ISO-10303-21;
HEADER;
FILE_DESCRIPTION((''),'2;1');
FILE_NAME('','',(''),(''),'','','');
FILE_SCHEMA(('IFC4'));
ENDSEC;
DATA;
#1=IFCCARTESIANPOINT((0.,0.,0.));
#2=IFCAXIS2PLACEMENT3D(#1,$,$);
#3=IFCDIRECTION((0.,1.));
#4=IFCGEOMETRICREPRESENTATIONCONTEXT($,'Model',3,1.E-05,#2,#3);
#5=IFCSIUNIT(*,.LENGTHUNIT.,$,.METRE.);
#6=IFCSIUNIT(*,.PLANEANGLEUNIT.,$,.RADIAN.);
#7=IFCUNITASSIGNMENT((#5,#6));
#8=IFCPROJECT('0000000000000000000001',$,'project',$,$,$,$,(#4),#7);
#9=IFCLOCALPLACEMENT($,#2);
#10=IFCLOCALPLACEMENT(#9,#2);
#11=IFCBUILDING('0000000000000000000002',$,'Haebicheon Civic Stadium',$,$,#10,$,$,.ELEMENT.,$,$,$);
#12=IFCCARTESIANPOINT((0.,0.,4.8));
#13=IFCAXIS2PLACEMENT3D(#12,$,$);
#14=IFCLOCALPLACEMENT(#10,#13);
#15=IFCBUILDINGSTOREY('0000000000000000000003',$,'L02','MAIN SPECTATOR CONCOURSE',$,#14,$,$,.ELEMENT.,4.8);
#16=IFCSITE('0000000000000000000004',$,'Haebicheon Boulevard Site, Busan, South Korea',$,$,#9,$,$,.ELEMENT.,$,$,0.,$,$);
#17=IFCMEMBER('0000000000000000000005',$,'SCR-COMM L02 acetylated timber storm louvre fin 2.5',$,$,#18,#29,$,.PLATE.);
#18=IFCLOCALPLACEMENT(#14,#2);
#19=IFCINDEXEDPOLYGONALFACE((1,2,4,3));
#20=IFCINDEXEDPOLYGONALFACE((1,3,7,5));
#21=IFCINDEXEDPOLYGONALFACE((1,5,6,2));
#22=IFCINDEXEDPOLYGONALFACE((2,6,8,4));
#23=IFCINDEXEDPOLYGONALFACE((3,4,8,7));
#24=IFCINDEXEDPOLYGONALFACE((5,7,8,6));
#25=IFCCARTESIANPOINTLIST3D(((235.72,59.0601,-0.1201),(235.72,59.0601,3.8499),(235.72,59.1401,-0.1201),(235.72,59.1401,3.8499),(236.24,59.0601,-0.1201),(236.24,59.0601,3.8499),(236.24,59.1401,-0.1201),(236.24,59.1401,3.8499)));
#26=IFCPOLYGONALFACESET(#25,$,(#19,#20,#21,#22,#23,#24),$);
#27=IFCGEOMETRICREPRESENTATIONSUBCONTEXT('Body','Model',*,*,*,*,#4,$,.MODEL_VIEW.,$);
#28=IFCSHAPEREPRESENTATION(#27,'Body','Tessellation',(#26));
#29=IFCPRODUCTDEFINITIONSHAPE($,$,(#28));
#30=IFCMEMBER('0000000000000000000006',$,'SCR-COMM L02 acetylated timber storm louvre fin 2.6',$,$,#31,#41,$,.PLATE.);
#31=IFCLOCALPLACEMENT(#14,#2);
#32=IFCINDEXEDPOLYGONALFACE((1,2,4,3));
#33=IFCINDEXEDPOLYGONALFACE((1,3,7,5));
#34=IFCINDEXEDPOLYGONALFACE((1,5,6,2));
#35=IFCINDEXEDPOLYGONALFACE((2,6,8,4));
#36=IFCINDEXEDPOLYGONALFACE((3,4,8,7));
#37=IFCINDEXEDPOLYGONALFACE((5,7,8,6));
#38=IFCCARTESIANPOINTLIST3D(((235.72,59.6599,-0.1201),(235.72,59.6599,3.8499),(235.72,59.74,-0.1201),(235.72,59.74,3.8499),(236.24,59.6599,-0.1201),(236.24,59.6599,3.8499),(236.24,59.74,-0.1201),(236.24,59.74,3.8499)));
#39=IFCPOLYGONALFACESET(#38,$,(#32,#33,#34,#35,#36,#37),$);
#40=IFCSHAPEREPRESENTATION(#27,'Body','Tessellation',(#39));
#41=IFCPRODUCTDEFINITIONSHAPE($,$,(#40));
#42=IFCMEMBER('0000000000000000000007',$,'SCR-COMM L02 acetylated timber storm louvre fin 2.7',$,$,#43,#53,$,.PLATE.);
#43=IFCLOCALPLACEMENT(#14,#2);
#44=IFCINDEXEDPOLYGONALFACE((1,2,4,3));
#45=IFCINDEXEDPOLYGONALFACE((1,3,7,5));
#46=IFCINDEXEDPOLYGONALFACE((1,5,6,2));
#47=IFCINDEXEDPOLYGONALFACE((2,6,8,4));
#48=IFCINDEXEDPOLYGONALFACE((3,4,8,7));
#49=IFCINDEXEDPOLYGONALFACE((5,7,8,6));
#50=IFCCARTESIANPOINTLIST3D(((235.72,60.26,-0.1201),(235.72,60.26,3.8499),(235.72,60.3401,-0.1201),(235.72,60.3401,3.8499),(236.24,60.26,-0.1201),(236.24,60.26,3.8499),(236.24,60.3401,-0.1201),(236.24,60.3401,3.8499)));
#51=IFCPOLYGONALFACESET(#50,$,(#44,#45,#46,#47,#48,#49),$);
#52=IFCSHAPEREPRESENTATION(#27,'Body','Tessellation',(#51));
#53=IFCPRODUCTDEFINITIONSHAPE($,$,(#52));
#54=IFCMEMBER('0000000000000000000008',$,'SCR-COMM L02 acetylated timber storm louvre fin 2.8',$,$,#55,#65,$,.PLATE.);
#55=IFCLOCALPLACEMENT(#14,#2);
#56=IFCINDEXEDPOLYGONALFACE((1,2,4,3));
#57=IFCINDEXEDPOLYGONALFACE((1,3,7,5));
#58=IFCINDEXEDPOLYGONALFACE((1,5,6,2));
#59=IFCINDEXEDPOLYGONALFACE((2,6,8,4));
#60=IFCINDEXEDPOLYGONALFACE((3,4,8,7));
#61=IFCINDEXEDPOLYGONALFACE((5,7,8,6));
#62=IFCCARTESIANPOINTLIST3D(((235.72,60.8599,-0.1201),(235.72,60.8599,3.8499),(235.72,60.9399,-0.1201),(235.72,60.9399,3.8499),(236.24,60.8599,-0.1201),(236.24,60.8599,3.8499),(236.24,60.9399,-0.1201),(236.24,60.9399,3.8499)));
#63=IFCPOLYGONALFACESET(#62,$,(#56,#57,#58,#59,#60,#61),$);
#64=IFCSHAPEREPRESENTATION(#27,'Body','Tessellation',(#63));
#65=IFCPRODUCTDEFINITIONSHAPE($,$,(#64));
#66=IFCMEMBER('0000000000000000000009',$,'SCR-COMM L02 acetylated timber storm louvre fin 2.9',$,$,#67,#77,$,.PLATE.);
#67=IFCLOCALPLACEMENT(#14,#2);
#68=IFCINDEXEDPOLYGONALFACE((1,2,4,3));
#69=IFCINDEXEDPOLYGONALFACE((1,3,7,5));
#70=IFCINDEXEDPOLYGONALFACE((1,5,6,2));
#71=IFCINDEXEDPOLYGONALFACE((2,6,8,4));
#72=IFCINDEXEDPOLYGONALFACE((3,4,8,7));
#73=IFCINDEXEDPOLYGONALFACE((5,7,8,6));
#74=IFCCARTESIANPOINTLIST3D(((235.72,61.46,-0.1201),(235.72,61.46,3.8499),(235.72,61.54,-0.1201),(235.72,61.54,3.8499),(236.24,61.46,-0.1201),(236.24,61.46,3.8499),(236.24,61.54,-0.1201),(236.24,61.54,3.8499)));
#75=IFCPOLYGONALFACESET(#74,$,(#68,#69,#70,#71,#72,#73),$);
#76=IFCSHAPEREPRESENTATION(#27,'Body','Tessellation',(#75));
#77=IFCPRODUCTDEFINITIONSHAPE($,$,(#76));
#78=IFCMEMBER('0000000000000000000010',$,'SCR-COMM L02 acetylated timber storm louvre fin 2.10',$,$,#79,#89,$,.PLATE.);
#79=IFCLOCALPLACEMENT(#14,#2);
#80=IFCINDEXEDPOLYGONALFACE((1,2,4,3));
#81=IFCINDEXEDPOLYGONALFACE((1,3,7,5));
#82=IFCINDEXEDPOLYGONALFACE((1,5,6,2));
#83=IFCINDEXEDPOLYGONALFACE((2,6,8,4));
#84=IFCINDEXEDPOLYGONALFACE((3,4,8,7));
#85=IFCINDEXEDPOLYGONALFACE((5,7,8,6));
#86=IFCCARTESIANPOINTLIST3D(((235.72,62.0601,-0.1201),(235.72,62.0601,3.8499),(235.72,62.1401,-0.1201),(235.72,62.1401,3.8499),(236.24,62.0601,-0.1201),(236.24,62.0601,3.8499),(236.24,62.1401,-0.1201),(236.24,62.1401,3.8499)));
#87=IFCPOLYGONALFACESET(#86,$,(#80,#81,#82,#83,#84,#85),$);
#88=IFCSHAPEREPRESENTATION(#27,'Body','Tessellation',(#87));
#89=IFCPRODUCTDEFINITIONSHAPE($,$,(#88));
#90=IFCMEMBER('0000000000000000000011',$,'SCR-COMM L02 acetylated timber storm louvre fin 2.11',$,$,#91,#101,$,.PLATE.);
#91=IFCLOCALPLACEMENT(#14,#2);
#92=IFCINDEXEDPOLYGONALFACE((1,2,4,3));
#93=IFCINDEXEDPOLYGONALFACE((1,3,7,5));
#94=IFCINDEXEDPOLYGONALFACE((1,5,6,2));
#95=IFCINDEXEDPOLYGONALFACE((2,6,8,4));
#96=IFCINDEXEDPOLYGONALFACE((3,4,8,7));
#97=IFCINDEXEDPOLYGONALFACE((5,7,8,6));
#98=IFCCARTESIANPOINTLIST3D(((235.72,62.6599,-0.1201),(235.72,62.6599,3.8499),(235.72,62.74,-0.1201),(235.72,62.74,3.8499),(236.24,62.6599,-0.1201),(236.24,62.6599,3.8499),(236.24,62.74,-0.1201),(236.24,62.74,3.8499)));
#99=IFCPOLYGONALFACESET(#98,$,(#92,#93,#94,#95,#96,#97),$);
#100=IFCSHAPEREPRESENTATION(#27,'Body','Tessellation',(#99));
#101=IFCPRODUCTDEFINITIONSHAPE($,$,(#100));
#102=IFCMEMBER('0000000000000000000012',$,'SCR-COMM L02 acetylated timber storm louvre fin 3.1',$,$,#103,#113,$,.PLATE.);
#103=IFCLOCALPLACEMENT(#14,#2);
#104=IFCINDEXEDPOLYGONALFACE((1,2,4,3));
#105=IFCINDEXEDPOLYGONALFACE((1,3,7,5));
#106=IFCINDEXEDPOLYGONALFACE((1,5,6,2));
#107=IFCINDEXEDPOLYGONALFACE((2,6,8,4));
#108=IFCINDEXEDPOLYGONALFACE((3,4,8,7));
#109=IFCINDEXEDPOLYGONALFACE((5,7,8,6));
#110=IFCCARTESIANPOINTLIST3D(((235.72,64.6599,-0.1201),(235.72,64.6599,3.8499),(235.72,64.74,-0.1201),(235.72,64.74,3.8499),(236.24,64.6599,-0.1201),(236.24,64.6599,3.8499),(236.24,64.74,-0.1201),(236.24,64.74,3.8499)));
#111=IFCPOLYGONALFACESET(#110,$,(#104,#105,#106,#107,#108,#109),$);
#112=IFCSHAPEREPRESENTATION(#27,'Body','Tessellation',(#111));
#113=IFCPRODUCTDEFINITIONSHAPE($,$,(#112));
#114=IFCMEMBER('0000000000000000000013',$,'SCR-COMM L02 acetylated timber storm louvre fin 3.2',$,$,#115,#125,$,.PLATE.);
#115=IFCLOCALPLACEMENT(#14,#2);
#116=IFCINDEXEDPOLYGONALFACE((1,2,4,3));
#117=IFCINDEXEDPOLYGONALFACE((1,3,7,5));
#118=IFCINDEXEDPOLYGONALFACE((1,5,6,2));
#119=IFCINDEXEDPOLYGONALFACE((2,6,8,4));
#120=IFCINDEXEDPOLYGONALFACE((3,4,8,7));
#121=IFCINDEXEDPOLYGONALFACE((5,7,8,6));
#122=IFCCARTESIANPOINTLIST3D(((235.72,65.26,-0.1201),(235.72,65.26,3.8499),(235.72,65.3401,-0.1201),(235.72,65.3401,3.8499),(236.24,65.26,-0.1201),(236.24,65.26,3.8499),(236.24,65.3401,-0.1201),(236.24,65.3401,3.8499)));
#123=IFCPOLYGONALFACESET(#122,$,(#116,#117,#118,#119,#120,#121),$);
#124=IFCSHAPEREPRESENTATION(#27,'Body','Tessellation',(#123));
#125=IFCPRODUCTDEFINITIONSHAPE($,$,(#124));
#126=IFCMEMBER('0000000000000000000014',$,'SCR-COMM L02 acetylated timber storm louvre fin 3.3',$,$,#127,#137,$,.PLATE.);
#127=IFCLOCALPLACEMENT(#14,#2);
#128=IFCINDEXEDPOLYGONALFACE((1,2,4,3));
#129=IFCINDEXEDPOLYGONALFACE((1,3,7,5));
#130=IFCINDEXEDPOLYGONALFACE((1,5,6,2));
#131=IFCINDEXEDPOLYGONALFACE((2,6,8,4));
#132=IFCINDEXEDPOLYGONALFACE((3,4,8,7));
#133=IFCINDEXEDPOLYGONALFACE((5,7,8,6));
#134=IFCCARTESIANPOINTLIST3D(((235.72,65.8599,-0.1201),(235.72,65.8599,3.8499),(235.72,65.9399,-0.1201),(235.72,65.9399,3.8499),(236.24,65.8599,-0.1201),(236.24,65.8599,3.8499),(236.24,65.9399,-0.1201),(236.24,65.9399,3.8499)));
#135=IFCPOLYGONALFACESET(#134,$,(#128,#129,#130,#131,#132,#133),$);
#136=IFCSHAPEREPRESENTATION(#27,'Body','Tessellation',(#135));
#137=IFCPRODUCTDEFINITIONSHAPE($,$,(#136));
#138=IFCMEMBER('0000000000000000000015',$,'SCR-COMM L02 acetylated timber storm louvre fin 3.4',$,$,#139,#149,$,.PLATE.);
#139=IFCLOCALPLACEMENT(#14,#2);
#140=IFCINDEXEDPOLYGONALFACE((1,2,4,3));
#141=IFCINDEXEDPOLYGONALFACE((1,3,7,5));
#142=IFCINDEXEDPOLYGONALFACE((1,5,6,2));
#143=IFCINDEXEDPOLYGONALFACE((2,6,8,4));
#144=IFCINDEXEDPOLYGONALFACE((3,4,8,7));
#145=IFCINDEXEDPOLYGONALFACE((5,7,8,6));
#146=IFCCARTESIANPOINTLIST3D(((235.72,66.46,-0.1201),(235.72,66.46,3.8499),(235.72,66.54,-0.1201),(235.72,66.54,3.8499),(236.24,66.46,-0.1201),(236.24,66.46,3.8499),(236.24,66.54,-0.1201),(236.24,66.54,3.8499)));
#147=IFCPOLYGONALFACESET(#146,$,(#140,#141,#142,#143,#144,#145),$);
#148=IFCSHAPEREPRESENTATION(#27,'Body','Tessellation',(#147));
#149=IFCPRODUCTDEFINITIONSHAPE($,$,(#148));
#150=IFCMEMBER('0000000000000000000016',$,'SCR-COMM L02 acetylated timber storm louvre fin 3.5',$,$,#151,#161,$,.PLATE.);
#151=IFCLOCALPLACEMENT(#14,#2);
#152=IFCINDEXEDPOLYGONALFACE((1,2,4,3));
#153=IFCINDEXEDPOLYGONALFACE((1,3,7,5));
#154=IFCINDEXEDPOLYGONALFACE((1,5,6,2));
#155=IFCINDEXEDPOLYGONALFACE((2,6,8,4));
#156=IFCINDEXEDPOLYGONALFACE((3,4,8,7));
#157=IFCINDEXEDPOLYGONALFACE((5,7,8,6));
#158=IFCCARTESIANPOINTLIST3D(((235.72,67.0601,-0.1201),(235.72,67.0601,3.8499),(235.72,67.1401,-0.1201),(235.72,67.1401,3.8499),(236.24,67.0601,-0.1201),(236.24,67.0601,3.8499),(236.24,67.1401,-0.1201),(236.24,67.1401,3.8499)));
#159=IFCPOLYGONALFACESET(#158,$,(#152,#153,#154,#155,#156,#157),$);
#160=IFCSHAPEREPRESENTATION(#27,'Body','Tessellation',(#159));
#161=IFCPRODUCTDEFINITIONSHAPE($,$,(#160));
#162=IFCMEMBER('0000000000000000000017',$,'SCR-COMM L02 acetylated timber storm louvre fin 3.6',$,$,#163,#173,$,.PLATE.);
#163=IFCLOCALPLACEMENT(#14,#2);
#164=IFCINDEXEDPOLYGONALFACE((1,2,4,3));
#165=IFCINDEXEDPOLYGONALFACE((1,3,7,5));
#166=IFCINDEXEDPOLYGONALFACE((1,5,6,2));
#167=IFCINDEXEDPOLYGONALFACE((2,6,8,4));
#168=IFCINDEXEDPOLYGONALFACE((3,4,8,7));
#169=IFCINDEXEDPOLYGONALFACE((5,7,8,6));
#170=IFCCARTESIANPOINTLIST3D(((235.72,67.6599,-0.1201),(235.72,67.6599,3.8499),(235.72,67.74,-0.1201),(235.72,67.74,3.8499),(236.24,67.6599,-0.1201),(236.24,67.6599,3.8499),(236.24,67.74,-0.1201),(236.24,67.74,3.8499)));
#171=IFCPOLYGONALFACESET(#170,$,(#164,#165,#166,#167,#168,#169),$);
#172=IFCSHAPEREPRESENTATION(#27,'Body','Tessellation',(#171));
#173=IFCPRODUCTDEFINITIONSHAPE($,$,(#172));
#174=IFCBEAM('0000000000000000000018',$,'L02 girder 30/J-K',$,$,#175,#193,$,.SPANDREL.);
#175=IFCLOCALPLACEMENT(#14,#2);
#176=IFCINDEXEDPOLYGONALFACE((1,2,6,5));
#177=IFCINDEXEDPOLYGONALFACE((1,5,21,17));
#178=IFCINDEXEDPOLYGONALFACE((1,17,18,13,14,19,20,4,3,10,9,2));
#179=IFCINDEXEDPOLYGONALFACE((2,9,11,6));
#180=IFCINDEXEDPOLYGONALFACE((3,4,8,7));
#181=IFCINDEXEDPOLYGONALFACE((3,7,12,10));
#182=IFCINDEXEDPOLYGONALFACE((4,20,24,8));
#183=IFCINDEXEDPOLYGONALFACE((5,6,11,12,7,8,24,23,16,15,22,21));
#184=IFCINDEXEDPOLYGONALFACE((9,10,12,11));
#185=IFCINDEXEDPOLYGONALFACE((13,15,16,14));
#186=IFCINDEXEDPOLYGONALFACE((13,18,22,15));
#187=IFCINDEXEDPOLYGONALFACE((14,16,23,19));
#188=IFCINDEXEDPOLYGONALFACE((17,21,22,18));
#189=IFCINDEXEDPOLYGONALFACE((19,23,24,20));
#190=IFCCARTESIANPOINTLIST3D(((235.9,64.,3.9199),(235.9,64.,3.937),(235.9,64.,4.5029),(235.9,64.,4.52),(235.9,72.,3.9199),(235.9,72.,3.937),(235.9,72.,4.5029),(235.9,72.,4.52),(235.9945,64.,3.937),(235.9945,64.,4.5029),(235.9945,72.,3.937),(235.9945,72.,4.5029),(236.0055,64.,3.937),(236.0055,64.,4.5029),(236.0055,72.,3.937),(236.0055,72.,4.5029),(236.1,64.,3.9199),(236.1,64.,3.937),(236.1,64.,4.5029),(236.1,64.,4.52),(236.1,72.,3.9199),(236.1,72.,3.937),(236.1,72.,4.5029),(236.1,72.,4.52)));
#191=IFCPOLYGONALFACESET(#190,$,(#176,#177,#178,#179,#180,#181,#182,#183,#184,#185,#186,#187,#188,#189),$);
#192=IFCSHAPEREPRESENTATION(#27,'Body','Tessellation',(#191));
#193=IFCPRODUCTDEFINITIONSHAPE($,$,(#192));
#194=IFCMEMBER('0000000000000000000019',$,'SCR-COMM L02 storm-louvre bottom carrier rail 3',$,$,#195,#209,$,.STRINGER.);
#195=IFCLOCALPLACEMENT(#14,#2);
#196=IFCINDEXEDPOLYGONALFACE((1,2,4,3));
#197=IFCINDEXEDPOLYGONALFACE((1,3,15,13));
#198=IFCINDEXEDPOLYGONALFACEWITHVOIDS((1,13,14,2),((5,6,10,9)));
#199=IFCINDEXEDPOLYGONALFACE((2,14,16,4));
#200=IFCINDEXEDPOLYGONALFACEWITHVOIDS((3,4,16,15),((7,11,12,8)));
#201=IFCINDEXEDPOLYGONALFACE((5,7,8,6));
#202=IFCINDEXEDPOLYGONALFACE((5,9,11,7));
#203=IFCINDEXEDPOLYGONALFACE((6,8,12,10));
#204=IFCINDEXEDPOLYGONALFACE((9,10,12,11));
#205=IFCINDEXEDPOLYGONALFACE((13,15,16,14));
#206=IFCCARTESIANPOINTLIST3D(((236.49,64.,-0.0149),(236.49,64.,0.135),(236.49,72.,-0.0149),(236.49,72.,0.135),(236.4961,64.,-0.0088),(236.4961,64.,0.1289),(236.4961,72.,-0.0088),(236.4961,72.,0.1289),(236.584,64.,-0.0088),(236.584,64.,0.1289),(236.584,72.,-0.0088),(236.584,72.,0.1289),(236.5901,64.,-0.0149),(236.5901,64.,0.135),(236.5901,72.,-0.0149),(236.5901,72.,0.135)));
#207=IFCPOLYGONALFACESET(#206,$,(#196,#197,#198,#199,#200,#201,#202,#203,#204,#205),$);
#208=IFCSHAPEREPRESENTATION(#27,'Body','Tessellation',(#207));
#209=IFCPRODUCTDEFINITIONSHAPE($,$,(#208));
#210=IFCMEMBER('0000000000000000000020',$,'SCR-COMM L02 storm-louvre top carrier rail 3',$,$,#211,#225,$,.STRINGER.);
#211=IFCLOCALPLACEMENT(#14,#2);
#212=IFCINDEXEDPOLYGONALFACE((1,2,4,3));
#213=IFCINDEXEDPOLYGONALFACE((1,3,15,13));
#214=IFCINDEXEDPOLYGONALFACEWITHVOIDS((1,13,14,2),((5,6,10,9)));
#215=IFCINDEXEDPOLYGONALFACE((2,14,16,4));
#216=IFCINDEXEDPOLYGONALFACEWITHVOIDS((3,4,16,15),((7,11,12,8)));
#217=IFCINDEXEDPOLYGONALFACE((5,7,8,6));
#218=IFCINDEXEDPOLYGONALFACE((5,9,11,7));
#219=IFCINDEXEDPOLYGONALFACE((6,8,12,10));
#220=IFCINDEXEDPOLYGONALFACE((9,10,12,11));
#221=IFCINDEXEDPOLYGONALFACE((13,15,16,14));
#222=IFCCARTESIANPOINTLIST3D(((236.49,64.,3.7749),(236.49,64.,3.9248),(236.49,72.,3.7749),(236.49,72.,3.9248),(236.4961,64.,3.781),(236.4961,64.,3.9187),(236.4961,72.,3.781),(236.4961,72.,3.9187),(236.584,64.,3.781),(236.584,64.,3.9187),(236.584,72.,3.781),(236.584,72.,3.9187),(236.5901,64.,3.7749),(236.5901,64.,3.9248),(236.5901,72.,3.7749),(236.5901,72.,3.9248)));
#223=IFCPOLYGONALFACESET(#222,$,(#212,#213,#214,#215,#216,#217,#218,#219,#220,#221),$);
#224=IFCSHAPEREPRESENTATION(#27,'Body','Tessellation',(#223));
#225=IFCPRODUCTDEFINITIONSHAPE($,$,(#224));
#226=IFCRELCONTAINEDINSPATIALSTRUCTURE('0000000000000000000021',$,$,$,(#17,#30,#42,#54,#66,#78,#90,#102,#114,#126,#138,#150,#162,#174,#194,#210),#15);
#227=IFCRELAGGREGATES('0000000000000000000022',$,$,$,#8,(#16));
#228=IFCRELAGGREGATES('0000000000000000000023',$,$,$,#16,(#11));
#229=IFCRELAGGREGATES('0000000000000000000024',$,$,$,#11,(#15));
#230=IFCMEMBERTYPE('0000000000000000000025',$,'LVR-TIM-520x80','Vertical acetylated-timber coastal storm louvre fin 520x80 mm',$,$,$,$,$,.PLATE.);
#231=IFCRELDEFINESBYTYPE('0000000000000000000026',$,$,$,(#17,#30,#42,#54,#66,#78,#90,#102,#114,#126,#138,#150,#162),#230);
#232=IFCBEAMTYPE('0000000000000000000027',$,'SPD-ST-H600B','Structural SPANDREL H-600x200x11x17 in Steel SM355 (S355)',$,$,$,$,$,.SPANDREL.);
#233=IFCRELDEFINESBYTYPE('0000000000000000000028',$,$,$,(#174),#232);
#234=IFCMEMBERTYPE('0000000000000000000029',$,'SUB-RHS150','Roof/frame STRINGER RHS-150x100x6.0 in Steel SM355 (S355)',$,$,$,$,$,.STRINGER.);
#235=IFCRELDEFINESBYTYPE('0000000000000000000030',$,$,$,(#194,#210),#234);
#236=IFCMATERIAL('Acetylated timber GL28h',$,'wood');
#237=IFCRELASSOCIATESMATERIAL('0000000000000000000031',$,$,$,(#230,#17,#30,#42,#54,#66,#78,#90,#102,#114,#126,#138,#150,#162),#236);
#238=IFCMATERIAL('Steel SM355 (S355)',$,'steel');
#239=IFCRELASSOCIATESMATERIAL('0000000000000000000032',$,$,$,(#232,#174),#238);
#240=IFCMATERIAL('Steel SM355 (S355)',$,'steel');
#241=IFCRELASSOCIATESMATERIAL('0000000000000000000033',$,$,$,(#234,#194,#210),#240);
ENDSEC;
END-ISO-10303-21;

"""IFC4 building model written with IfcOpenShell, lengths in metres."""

from ifc_helpers import new_model, si_unit, direction, frame, origin, origin_2d, place, context, subcontext, project, spatial, rectangle, hollow_rectangle, i_section, extrude, material, material_profile, profile_set, type_object, element, save


model = new_model("IFC4")

# Units and contexts
model_context = context("Model", 3, precision=1e-05, world=origin(), true_north=direction((0.0, 1.0)))
body_context = subcontext(model_context, "Body", "Model", "MODEL_VIEW")
ifc_project = project(units=[si_unit("LENGTHUNIT", "METRE"), si_unit("PLANEANGLEUNIT", "RADIAN")], contexts=[model_context])

# Site, building, storey
site_placement = place(None, origin())
site = spatial("IfcSite", under=ifc_project, at=site_placement, Name="Haebicheon Boulevard Site, Busan, South Korea", CompositionType="ELEMENT", RefElevation=0.0)
building_placement = place(site_placement, origin())
building = spatial("IfcBuilding", under=site, at=building_placement, Name="Haebicheon Civic Stadium", CompositionType="ELEMENT")
storey_placement = place(building_placement, frame((0.0, 0.0, 4.8)))
storey = spatial("IfcBuildingStorey", under=building, at=storey_placement, Name="L02", Description="MAIN SPECTATOR CONCOURSE", CompositionType="ELEMENT", Elevation=4.8)

# Members
ifc_material_1 = material(Name="Acetylated timber GL28h", Category="wood")
ifc_material_profile_1 = material_profile(ifc_material_1, rectangle(XDim=0.0801, YDim=0.52, at=origin_2d()), Name="TMB-LOUV-80x520")
ifc_profile_set_1 = profile_set([ifc_material_profile_1], Name="Acetylated timber GL28h")
member_type_1 = type_object("IfcMemberType", Name="LVR-TIM-520x80", Description="Vertical acetylated-timber coastal storm louvre fin 520x80 mm", PredefinedType="PLATE", material=ifc_profile_set_1)
for number, where, z_axis, x_axis, name in (
    (1, (235.98, 59.1001, -0.1201), (0.0, 0.0, 1.0), (0.0, 1.0, 0.0), "SCR-COMM L02 acetylated timber storm louvre fin 2.5"),
    (2, (235.98, 59.7, -0.1201), (0.0, 0.0, 1.0), (0.0, 1.0, 0.0), "SCR-COMM L02 acetylated timber storm louvre fin 2.6"),
    (3, (235.98, 60.3, -0.1201), (0.0, 0.0, 1.0), (0.0, 1.0, 0.0), "SCR-COMM L02 acetylated timber storm louvre fin 2.7"),
    (4, (235.98, 60.8999, -0.1201), (0.0, 0.0, 1.0), (0.0, 1.0, 0.0), "SCR-COMM L02 acetylated timber storm louvre fin 2.8"),
    (5, (235.98, 61.5, -0.1201), (0.0, 0.0, 1.0), (0.0, 1.0, 0.0), "SCR-COMM L02 acetylated timber storm louvre fin 2.9"),
    (6, (235.98, 62.1001, -0.1201), (0.0, 0.0, 1.0), (0.0, 1.0, 0.0), "SCR-COMM L02 acetylated timber storm louvre fin 2.10"),
    (7, (235.98, 62.7, -0.1201), (0.0, 0.0, 1.0), (0.0, 1.0, 0.0), "SCR-COMM L02 acetylated timber storm louvre fin 2.11"),
    (8, (235.98, 64.7, -0.1201), (0.0, 0.0, 1.0), (0.0, 1.0, 0.0), "SCR-COMM L02 acetylated timber storm louvre fin 3.1"),
    (9, (235.98, 65.3, -0.1201), (0.0, 0.0, 1.0), (0.0, 1.0, 0.0), "SCR-COMM L02 acetylated timber storm louvre fin 3.2"),
    (10, (235.98, 65.8999, -0.1201), (0.0, 0.0, 1.0), (0.0, 1.0, 0.0), "SCR-COMM L02 acetylated timber storm louvre fin 3.3"),
    (11, (235.98, 66.5, -0.1201), (0.0, 0.0, 1.0), (0.0, 1.0, 0.0), "SCR-COMM L02 acetylated timber storm louvre fin 3.4"),
    (12, (235.98, 67.1001, -0.1201), (0.0, 0.0, 1.0), (0.0, 1.0, 0.0), "SCR-COMM L02 acetylated timber storm louvre fin 3.5"),
    (13, (235.98, 67.7, -0.1201), (0.0, 0.0, 1.0), (0.0, 1.0, 0.0), "SCR-COMM L02 acetylated timber storm louvre fin 3.6"),
):
    element("IfcMember", number, at=place(storey_placement, frame(where, z_axis=z_axis, x_axis=x_axis)), inside=storey, type_object=member_type_1, material=ifc_profile_set_1, Name=name, PredefinedType="PLATE", context=body_context, shape_type="SweptSolid", body=[
        extrude(rectangle(XDim=0.0801, YDim=0.52, at=origin_2d()), origin(), (0.0, 0.0, 1.0), 3.97),
    ])

# Beam
ifc_material_2 = material(Name="Steel SM355 (S355)", Category="steel")
ifc_material_profile_2 = material_profile(ifc_material_2, i_section(OverallWidth=0.2, OverallDepth=0.6001, WebThickness=0.011, FlangeThickness=0.0171, at=origin_2d()), Name="H-600x200x11x17")
ifc_profile_set_2 = profile_set([ifc_material_profile_2], Name="Steel SM355 (S355)")
beam_type_1 = type_object("IfcBeamType", Name="SPD-ST-H600B", Description="Structural SPANDREL H-600x200x11x17 in Steel SM355 (S355)", PredefinedType="SPANDREL", material=ifc_profile_set_2)
beam_1_placement = place(storey_placement, frame((236.0, 64.0, 4.22), z_axis=(0.0, 1.0, 0.0), x_axis=(-1.0, 0.0, 0.0)))
element("IfcBeam", 14, at=beam_1_placement, inside=storey, type_object=beam_type_1, material=ifc_profile_set_2, Name="L02 girder 30/J-K", PredefinedType="SPANDREL", context=body_context, shape_type="SweptSolid", body=[
    extrude(i_section(OverallWidth=0.2, OverallDepth=0.6001, WebThickness=0.011, FlangeThickness=0.0171, at=origin_2d()), origin(), (0.0, 0.0, 1.0), 8.0),
])

# Members
ifc_material_3 = material(Name="Steel SM355 (S355)", Category="steel")
ifc_material_profile_3 = material_profile(ifc_material_3, hollow_rectangle(XDim=0.1001, YDim=0.1499, WallThickness=0.0061, at=origin_2d()), Name="RHS-150x100x6.0")
ifc_profile_set_3 = profile_set([ifc_material_profile_3], Name="Steel SM355 (S355)")
member_type_2 = type_object("IfcMemberType", Name="SUB-RHS150", Description="Roof/frame STRINGER RHS-150x100x6.0 in Steel SM355 (S355)", PredefinedType="STRINGER", material=ifc_profile_set_3)
for number, where, z_axis, x_axis, name in (
    (15, (236.54, 64.0, 0.0601), (0.0, 1.0, 0.0), (-1.0, 0.0, 0.0), "SCR-COMM L02 storm-louvre bottom carrier rail 3"),
    (16, (236.54, 64.0, 3.8499), (0.0, 1.0, 0.0), (-1.0, 0.0, 0.0), "SCR-COMM L02 storm-louvre top carrier rail 3"),
):
    element("IfcMember", number, at=place(storey_placement, frame(where, z_axis=z_axis, x_axis=x_axis)), inside=storey, type_object=member_type_2, material=ifc_profile_set_3, Name=name, PredefinedType="STRINGER", context=body_context, shape_type="SweptSolid", body=[
        extrude(hollow_rectangle(XDim=0.1001, YDim=0.1499, WallThickness=0.0061, at=origin_2d()), origin(), (0.0, 0.0, 1.0), 8.0),
    ])

save(model, "model.ifc")
